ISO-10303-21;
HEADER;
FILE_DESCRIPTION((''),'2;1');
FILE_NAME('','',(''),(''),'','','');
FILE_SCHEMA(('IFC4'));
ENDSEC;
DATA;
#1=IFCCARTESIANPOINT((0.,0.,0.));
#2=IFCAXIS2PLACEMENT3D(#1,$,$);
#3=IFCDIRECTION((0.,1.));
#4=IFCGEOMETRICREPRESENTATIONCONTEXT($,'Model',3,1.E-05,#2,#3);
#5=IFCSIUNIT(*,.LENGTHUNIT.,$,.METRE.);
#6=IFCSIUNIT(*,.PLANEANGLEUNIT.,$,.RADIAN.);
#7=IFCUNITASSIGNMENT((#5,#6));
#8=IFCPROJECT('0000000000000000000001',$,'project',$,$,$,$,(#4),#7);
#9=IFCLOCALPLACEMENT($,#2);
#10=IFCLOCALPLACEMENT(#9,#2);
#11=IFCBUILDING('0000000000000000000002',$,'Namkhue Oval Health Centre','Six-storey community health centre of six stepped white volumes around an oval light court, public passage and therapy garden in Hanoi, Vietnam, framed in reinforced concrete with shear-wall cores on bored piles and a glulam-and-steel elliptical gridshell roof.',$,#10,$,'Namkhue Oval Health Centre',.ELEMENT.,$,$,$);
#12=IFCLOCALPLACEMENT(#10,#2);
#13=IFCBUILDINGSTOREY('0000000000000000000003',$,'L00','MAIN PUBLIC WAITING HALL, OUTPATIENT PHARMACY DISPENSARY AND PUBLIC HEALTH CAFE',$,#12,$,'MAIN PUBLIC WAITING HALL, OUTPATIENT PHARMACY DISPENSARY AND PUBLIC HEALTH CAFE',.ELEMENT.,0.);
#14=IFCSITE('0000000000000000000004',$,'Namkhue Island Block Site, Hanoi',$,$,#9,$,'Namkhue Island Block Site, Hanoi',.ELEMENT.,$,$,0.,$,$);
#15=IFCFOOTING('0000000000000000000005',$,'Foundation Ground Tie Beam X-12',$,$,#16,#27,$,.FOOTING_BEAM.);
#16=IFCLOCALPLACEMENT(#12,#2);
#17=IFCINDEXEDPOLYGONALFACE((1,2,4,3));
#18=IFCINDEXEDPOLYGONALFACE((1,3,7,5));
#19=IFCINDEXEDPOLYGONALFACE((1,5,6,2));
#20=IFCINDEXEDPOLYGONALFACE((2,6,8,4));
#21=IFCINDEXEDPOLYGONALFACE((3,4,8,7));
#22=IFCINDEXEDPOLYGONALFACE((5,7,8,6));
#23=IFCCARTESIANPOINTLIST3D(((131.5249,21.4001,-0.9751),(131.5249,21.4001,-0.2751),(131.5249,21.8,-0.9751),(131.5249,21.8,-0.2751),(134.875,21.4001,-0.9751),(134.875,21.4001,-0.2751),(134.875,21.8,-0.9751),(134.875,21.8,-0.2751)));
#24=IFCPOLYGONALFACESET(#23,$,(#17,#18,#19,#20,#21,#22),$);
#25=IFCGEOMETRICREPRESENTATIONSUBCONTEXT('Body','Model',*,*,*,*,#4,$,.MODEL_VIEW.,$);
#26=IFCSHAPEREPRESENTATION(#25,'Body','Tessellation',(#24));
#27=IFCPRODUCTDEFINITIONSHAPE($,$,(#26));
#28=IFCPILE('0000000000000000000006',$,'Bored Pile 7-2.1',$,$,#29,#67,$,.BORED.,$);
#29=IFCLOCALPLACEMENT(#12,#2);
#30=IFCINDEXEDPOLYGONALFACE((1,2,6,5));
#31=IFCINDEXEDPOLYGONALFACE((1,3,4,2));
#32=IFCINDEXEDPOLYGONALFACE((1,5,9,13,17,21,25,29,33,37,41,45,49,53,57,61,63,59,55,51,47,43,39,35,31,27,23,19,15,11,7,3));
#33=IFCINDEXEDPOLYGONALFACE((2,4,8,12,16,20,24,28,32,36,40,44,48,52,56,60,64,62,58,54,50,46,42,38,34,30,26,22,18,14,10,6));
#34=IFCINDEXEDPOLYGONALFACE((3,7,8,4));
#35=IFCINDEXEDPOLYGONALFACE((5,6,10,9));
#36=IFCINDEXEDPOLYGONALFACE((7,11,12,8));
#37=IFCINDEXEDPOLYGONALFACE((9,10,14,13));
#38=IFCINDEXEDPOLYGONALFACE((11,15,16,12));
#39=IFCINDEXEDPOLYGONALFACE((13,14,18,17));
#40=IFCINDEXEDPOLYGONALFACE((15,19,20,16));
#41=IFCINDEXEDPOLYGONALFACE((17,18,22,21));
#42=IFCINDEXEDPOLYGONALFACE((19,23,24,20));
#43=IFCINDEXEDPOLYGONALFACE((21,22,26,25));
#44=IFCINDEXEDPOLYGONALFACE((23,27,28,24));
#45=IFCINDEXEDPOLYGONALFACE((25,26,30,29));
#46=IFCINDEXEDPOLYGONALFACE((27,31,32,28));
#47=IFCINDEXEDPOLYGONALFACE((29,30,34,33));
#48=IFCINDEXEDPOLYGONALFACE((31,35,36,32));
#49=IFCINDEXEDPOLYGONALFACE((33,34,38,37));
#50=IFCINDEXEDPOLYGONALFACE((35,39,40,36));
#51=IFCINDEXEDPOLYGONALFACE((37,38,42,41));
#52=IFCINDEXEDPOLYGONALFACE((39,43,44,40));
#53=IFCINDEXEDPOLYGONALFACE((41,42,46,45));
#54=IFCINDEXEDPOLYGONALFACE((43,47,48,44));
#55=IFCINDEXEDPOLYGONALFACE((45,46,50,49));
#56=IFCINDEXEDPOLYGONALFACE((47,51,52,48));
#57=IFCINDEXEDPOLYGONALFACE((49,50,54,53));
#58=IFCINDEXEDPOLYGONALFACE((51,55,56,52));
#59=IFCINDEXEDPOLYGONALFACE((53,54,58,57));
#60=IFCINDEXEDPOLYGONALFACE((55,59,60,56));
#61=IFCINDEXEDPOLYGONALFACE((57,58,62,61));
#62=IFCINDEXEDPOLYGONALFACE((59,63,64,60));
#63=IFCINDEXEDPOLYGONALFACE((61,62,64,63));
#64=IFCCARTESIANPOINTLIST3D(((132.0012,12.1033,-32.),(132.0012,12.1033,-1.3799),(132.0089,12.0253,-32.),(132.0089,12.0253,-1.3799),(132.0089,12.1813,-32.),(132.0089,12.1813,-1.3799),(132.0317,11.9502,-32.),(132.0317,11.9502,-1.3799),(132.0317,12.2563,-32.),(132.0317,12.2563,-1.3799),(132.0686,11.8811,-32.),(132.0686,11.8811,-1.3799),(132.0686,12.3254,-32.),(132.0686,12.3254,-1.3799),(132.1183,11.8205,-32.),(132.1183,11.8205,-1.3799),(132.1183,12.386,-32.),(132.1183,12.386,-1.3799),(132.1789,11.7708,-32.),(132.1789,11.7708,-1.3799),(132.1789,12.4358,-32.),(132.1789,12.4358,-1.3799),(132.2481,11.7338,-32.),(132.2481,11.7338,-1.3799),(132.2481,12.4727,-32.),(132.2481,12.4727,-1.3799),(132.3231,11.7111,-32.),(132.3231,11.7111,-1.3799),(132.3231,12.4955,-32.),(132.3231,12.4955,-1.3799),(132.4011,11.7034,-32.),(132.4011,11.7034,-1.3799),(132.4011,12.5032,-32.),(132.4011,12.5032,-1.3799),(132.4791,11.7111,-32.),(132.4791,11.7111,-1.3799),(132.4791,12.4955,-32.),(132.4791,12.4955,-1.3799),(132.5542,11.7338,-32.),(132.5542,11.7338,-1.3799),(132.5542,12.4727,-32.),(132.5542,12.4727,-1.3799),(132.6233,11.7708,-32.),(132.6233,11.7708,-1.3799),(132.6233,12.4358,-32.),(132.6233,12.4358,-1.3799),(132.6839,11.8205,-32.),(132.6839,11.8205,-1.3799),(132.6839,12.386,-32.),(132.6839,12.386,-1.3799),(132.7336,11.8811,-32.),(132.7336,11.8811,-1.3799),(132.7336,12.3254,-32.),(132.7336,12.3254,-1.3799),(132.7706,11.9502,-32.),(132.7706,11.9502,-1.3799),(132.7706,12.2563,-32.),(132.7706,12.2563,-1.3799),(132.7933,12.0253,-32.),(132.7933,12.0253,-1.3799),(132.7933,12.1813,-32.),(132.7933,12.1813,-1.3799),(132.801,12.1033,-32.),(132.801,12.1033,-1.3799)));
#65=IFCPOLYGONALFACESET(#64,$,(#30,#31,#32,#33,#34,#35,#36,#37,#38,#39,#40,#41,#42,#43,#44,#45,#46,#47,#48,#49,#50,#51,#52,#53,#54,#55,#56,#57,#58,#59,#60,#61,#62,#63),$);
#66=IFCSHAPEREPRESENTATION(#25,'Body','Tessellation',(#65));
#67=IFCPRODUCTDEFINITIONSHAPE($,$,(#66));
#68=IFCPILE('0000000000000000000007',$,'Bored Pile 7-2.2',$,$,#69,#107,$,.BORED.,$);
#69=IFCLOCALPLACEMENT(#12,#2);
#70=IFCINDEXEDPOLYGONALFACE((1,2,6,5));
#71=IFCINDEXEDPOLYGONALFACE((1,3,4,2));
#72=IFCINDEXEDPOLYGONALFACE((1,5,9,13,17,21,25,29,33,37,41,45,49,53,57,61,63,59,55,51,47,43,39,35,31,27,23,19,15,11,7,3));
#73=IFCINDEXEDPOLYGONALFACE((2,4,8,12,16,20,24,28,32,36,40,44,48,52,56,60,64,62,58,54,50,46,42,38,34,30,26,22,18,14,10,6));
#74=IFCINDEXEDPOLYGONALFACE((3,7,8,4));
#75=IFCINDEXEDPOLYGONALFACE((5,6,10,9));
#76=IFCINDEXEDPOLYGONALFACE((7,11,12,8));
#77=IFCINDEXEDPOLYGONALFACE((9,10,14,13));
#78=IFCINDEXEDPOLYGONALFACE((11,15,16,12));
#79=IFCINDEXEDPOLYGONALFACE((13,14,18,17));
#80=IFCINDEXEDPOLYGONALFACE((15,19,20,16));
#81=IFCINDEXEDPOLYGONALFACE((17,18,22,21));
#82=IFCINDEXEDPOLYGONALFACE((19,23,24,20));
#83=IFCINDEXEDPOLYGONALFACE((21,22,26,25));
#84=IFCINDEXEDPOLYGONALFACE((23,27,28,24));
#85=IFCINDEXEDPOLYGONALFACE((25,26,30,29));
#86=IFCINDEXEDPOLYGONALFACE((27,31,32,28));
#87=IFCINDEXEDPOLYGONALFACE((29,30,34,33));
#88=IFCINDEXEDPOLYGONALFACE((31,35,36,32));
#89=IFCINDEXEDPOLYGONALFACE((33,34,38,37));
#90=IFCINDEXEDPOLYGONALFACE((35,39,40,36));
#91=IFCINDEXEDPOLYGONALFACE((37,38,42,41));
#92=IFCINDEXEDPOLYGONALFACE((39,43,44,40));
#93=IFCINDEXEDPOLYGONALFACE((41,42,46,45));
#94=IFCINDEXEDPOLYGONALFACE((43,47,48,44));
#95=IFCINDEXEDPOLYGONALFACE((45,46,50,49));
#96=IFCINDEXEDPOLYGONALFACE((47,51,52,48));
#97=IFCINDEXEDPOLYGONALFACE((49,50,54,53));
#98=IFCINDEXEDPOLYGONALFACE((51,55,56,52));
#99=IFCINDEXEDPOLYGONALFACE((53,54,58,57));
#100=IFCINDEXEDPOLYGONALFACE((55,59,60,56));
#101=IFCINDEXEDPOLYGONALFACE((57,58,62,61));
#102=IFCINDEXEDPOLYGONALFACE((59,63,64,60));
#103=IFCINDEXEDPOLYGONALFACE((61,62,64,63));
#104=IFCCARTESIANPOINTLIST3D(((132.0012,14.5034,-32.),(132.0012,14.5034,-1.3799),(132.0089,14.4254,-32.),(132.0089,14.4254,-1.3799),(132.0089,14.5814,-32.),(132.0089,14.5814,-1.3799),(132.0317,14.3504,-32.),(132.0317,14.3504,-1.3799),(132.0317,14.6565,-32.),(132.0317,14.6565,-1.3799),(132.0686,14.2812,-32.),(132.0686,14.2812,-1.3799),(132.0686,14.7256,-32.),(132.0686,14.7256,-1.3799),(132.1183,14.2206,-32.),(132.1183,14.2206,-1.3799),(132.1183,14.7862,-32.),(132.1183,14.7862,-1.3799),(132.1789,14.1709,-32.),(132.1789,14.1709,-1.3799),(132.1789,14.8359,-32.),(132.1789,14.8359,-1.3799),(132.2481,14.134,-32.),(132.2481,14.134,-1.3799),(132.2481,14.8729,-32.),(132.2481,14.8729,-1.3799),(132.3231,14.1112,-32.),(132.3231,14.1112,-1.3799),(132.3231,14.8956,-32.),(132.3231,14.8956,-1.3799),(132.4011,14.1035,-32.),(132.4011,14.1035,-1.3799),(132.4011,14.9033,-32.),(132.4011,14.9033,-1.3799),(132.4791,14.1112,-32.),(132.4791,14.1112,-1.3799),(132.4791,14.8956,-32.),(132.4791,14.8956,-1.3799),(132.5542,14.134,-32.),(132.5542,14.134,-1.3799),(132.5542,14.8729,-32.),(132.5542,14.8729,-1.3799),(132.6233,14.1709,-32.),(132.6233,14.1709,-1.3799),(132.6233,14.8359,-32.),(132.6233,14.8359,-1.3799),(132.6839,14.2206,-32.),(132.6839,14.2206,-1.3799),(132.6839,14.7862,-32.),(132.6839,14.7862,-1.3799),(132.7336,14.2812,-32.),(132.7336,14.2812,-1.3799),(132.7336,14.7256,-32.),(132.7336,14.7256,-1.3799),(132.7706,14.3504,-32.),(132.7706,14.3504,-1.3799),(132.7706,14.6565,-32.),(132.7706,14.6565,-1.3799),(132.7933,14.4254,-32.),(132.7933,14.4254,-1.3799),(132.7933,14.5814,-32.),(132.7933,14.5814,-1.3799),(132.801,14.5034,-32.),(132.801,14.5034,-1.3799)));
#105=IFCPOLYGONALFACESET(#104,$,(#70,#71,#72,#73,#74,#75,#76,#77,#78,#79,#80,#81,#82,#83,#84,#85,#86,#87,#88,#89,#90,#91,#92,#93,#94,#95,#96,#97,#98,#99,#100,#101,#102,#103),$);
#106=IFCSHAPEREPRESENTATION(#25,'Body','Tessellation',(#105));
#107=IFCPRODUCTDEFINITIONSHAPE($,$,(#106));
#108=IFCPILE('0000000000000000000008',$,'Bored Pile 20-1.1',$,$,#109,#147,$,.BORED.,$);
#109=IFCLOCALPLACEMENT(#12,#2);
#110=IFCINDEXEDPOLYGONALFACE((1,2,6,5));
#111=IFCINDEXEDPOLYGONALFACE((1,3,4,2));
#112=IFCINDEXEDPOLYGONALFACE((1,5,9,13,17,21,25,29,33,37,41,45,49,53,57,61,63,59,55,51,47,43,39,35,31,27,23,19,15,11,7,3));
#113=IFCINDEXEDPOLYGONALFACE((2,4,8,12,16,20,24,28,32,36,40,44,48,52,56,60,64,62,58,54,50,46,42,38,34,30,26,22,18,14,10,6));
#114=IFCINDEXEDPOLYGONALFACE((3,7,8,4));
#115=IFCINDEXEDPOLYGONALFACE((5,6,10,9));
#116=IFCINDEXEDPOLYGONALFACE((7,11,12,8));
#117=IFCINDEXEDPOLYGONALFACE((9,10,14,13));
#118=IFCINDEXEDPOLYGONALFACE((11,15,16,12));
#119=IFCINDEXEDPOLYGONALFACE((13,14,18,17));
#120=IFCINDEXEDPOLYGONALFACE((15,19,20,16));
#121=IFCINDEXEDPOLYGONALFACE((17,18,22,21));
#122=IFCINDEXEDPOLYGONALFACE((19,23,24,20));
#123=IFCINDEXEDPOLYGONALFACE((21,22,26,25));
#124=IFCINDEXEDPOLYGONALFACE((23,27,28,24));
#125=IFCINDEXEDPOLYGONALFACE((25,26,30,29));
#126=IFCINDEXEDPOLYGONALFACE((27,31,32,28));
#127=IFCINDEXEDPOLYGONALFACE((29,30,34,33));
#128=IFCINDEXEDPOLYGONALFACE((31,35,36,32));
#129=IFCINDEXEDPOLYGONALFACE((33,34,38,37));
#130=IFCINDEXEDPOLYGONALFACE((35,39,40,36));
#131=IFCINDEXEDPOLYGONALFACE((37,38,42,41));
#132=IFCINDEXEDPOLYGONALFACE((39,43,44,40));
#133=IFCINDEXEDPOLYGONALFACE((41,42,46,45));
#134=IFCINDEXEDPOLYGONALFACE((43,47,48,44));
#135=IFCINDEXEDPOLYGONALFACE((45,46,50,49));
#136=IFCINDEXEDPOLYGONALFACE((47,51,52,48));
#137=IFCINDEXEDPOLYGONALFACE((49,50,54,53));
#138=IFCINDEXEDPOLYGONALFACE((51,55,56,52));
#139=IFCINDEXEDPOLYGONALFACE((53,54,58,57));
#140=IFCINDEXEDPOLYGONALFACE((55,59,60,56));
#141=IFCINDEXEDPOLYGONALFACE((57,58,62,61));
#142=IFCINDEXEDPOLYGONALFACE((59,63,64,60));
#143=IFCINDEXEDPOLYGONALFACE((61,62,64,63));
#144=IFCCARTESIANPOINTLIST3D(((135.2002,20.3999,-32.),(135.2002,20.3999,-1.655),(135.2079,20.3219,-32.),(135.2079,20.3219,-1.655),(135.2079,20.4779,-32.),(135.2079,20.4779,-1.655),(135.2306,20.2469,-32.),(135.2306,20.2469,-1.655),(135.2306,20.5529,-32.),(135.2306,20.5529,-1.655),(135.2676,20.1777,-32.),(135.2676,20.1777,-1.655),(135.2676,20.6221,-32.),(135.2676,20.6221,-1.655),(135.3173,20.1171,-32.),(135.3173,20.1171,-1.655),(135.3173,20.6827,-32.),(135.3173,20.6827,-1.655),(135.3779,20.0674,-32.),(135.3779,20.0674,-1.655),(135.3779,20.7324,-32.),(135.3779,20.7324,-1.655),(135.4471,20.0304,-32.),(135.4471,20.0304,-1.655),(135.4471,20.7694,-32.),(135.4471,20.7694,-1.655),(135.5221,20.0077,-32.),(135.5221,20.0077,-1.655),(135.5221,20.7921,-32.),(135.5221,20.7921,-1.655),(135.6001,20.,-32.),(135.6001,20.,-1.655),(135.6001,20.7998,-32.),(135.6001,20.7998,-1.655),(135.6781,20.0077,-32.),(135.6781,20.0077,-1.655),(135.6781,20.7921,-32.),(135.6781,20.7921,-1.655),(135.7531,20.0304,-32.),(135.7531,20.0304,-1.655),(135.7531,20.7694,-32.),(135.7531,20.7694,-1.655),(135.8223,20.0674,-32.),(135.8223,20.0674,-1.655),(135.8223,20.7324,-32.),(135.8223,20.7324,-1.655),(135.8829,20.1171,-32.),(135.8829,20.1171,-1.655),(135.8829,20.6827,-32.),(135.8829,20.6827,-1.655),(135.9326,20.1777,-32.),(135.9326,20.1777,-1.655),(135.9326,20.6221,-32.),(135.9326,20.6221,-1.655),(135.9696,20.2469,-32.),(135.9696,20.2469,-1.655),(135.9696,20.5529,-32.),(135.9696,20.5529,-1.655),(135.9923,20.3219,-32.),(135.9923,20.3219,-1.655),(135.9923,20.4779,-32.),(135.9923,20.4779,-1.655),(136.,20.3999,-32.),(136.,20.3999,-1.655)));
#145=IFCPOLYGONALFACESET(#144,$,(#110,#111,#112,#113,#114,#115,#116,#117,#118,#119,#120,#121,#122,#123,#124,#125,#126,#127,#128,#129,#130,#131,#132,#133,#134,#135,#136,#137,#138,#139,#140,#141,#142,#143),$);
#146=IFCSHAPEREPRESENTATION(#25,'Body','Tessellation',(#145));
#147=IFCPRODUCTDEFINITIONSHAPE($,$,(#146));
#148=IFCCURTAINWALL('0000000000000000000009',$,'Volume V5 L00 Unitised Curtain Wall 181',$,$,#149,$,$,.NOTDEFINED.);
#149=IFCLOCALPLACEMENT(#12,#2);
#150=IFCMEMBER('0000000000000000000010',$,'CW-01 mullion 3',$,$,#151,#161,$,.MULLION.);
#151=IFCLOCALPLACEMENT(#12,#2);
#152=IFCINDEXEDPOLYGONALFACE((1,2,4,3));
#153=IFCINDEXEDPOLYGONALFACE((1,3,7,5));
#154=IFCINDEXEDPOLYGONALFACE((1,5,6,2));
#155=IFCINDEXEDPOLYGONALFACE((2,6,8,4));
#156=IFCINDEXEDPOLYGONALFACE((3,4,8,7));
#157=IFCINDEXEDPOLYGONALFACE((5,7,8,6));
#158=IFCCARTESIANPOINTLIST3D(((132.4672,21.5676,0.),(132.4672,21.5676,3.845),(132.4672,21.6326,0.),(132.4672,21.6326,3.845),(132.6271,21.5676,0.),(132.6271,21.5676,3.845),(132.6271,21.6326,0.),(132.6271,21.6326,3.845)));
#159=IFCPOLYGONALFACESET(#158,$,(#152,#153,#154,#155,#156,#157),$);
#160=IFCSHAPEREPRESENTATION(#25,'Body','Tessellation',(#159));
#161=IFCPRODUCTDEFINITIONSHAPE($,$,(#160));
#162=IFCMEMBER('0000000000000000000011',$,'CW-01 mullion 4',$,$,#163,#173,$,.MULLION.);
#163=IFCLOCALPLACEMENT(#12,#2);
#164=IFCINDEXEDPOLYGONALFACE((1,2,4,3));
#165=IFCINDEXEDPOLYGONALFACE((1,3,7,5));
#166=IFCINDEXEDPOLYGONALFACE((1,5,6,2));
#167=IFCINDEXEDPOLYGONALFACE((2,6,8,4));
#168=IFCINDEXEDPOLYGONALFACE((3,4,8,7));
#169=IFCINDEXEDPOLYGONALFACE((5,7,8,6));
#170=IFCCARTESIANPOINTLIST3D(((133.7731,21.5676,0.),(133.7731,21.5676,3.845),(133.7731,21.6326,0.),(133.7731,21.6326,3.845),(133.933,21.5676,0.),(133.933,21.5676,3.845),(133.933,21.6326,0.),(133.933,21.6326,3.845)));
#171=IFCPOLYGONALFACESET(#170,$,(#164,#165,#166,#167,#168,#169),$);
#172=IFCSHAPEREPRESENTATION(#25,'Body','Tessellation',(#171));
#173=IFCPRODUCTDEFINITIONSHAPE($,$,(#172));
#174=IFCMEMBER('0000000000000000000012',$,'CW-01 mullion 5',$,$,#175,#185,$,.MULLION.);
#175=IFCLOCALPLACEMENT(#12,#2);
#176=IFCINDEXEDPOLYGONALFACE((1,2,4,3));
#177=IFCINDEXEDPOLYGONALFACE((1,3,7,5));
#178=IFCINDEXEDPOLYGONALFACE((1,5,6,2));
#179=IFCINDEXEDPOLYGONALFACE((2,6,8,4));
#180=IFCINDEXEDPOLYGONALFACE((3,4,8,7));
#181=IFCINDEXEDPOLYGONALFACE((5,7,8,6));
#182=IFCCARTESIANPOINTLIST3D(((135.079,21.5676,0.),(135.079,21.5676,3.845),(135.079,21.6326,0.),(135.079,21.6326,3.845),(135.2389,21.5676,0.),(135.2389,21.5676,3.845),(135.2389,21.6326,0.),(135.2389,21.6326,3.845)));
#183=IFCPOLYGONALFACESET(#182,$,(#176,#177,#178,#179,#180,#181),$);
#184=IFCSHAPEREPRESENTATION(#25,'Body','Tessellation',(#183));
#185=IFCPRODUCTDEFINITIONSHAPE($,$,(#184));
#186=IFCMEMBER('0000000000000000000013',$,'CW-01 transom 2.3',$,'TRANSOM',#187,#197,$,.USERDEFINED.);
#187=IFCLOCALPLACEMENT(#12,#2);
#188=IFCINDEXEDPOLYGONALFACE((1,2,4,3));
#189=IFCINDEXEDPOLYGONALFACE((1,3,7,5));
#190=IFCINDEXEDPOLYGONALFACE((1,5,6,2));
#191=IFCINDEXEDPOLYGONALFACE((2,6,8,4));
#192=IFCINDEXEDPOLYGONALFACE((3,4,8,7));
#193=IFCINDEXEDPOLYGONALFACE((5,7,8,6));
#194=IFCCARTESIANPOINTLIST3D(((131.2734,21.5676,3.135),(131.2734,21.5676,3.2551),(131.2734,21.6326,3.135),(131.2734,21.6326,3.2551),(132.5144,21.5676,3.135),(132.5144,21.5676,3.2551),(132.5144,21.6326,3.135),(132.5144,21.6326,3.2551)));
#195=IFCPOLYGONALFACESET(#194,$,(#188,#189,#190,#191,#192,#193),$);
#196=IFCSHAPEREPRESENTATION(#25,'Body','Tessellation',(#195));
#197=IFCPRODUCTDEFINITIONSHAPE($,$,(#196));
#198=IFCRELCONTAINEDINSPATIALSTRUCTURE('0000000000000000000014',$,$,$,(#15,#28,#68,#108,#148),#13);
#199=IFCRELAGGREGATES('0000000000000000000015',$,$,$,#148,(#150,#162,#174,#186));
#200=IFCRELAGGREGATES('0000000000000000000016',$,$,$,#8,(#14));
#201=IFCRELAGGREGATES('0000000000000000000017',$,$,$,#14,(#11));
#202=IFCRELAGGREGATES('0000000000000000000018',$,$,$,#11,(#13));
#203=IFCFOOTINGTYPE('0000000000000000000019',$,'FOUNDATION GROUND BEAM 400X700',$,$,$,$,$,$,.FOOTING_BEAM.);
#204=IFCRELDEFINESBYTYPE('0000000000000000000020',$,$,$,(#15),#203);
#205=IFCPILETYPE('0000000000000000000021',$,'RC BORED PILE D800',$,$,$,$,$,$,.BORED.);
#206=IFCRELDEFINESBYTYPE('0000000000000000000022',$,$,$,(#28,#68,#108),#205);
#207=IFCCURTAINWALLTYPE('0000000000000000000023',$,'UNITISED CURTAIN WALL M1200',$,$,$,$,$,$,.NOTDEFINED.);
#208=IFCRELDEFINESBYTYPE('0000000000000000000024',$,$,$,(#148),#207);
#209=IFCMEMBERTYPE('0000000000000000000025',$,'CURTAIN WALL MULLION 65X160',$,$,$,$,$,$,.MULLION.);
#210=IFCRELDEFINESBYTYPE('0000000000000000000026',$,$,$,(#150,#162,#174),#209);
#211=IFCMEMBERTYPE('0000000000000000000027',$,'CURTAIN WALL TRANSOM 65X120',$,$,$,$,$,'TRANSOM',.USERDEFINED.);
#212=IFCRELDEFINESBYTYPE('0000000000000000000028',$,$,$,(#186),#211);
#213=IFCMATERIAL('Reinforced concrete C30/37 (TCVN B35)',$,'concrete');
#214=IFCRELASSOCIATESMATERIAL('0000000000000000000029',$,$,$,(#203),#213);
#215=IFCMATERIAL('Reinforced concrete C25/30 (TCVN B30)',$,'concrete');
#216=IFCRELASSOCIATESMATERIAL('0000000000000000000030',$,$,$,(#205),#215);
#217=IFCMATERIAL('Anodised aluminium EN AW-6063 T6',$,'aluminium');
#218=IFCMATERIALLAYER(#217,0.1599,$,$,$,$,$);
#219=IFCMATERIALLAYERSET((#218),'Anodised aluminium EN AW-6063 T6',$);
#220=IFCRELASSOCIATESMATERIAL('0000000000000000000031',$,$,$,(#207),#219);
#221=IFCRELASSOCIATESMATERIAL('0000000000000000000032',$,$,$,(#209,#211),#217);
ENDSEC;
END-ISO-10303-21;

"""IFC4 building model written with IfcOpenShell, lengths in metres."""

from ifc_helpers import new_model, si_unit, direction, frame, origin, origin_2d, place, context, subcontext, project, spatial, rectangle, circle, extrude, material, layer, layer_set, material_profile, profile_set, type_object, element, aggregate, save


model = new_model("IFC4")

# Units and contexts
model_context = context("Model", 3, precision=1e-05, world=origin(), true_north=direction((0.0, 1.0)))
body_context = subcontext(model_context, "Body", "Model", "MODEL_VIEW")
ifc_project = project(units=[si_unit("LENGTHUNIT", "METRE"), si_unit("PLANEANGLEUNIT", "RADIAN")], contexts=[model_context])

# Site, building, storey
site_placement = place(None, origin())
site = spatial("IfcSite", under=ifc_project, at=site_placement, Name="Namkhue Island Block Site, Hanoi", LongName="Namkhue Island Block Site, Hanoi", CompositionType="ELEMENT", RefElevation=0.0)
building_placement = place(site_placement, origin())
building = spatial("IfcBuilding", under=site, at=building_placement, Name="Namkhue Oval Health Centre", Description="Six-storey community health centre of six stepped white volumes around an oval light court, public passage and therapy garden in Hanoi, Vietnam, framed in reinforced concrete with shear-wall cores on bored piles and a glulam-and-steel elliptical gridshell roof.", LongName="Namkhue Oval Health Centre", CompositionType="ELEMENT")
storey_placement = place(building_placement, origin())
storey = spatial("IfcBuildingStorey", under=building, at=storey_placement, Name="L00", Description="MAIN PUBLIC WAITING HALL, OUTPATIENT PHARMACY DISPENSARY AND PUBLIC HEALTH CAFE", LongName="MAIN PUBLIC WAITING HALL, OUTPATIENT PHARMACY DISPENSARY AND PUBLIC HEALTH CAFE", CompositionType="ELEMENT", Elevation=0.0)

# Footing
ifc_material_1 = material(Name="Reinforced concrete C30/37 (TCVN B35)", Category="concrete")
footing_type = type_object("IfcFootingType", Name="FOUNDATION GROUND BEAM 400X700", PredefinedType="FOOTING_BEAM", material=ifc_material_1)
footing_placement = place(storey_placement, frame((133.2, 21.6001, -0.9751), z_axis=(0.0, 0.0, 1.0), x_axis=(1.0, 0.0, 0.0)))
element("IfcFooting", 1, at=footing_placement, inside=storey, type_object=footing_type, Name="Foundation Ground Tie Beam X-12", PredefinedType="FOOTING_BEAM", context=body_context, shape_type="SweptSolid", body=[
    extrude(rectangle(XDim=3.3501, YDim=0.3999, at=origin_2d()), origin(), (0.0, 0.0, 1.0), 0.7),
])

# Piles
ifc_material_2 = material(Name="Reinforced concrete C25/30 (TCVN B30)", Category="concrete")
ifc_material_profile_1 = material_profile(ifc_material_2, circle(Radius=0.3999, at=origin_2d()), Name="BORED PILE D800")
ifc_profile_set_1 = profile_set([ifc_material_profile_1], Name="Reinforced concrete C25/30 (TCVN B30)")
pile_type = type_object("IfcPileType", Name="RC BORED PILE D800", PredefinedType="BORED", material=ifc_profile_set_1)
for number, where, z_axis, x_axis, name in (
    (2, (132.4011, 12.1033, -1.3799), (0.0, 0.0, -1.0), (1.0, 0.0, 0.0), "Bored Pile 7-2.1"),
    (3, (132.4011, 14.5034, -1.3799), (0.0, 0.0, -1.0), (1.0, 0.0, 0.0), "Bored Pile 7-2.2"),
):
    element("IfcPile", number, at=place(storey_placement, frame(where, z_axis=z_axis, x_axis=x_axis)), inside=storey, type_object=pile_type, Name=name, PredefinedType="BORED", context=body_context, shape_type="SweptSolid", body=[
        extrude(circle(Radius=0.3999, at=origin_2d()), origin(), (0.0, 0.0, 1.0), 30.6201),
    ])
pile_placement = place(storey_placement, frame((135.6001, 20.3999, -1.655), z_axis=(0.0, 0.0, -1.0), x_axis=(1.0, 0.0, 0.0)))
element("IfcPile", 4, at=pile_placement, inside=storey, type_object=pile_type, Name="Bored Pile 20-1.1", PredefinedType="BORED", context=body_context, shape_type="SweptSolid", body=[
    extrude(circle(Radius=0.3999, at=origin_2d()), origin(), (0.0, 0.0, 1.0), 30.345),
])

# Curtain wall, members
ifc_material_3 = material(Name="Anodised aluminium EN AW-6063 T6", Category="aluminium")
ifc_layer_1 = layer(ifc_material_3, 0.1599)
ifc_layer_set_1 = layer_set([ifc_layer_1], Name="Anodised aluminium EN AW-6063 T6")
curtain_wall_type = type_object("IfcCurtainWallType", Name="UNITISED CURTAIN WALL M1200", PredefinedType="NOTDEFINED", material=ifc_layer_set_1)
curtain_wall_placement = place(storey_placement, origin())
curtain_wall = element("IfcCurtainWall", 5, at=curtain_wall_placement, inside=storey, type_object=curtain_wall_type, Name="Volume V5 L00 Unitised Curtain Wall 181", PredefinedType="NOTDEFINED")
ifc_material_profile_2 = material_profile(ifc_material_3, rectangle(XDim=0.0649, YDim=0.1599, at=origin_2d()), Name="ALU 65x160")
ifc_profile_set_2 = profile_set([ifc_material_profile_2], Name="Anodised aluminium EN AW-6063 T6")
member_type_1 = type_object("IfcMemberType", Name="CURTAIN WALL MULLION 65X160", PredefinedType="MULLION", material=ifc_profile_set_2)
member_1_placement = place(storey_placement, frame((132.5471, 21.6001, 0.0), z_axis=(0.0, 0.0, 1.0), x_axis=(0.0, 1.0, 0.0)))
member_1 = element("IfcMember", 6, at=member_1_placement, type_object=member_type_1, Name="CW-01 mullion 3", PredefinedType="MULLION", context=body_context, shape_type="SweptSolid", body=[
    extrude(rectangle(XDim=0.0649, YDim=0.1599, at=origin_2d()), origin(), (0.0, 0.0, 1.0), 3.845),
])
member_2_placement = place(storey_placement, frame((133.853, 21.6001, 0.0), z_axis=(0.0, 0.0, 1.0), x_axis=(0.0, 1.0, 0.0)))
member_2 = element("IfcMember", 7, at=member_2_placement, type_object=member_type_1, Name="CW-01 mullion 4", PredefinedType="MULLION", context=body_context, shape_type="SweptSolid", body=[
    extrude(rectangle(XDim=0.0649, YDim=0.1599, at=origin_2d()), origin(), (0.0, 0.0, 1.0), 3.845),
])
member_3_placement = place(storey_placement, frame((135.1589, 21.6001, 0.0), z_axis=(0.0, 0.0, 1.0), x_axis=(0.0, 1.0, 0.0)))
member_3 = element("IfcMember", 8, at=member_3_placement, type_object=member_type_1, Name="CW-01 mullion 5", PredefinedType="MULLION", context=body_context, shape_type="SweptSolid", body=[
    extrude(rectangle(XDim=0.0649, YDim=0.1599, at=origin_2d()), origin(), (0.0, 0.0, 1.0), 3.845),
])
ifc_material_profile_3 = material_profile(ifc_material_3, rectangle(XDim=0.0649, YDim=0.1201, at=origin_2d()), Name="ALU 65x120")
ifc_profile_set_3 = profile_set([ifc_material_profile_3], Name="Anodised aluminium EN AW-6063 T6")
member_type_2 = type_object("IfcMemberType", Name="CURTAIN WALL TRANSOM 65X120", ElementType="TRANSOM", PredefinedType="USERDEFINED", material=ifc_profile_set_3)
member_4_placement = place(storey_placement, frame((131.2734, 21.6001, 3.1951), z_axis=(1.0, 0.0, 0.0), x_axis=(0.0, 1.0, 0.0)))
member_4 = element("IfcMember", 9, at=member_4_placement, type_object=member_type_2, Name="CW-01 transom 2.3", ObjectType="TRANSOM", PredefinedType="USERDEFINED", context=body_context, shape_type="SweptSolid", body=[
    extrude(rectangle(XDim=0.0649, YDim=0.1201, at=origin_2d()), origin(), (0.0, 0.0, 1.0), 1.241),
])
aggregate(curtain_wall, [member_1, member_2, member_3, member_4])

save(model, "model.ifc")
